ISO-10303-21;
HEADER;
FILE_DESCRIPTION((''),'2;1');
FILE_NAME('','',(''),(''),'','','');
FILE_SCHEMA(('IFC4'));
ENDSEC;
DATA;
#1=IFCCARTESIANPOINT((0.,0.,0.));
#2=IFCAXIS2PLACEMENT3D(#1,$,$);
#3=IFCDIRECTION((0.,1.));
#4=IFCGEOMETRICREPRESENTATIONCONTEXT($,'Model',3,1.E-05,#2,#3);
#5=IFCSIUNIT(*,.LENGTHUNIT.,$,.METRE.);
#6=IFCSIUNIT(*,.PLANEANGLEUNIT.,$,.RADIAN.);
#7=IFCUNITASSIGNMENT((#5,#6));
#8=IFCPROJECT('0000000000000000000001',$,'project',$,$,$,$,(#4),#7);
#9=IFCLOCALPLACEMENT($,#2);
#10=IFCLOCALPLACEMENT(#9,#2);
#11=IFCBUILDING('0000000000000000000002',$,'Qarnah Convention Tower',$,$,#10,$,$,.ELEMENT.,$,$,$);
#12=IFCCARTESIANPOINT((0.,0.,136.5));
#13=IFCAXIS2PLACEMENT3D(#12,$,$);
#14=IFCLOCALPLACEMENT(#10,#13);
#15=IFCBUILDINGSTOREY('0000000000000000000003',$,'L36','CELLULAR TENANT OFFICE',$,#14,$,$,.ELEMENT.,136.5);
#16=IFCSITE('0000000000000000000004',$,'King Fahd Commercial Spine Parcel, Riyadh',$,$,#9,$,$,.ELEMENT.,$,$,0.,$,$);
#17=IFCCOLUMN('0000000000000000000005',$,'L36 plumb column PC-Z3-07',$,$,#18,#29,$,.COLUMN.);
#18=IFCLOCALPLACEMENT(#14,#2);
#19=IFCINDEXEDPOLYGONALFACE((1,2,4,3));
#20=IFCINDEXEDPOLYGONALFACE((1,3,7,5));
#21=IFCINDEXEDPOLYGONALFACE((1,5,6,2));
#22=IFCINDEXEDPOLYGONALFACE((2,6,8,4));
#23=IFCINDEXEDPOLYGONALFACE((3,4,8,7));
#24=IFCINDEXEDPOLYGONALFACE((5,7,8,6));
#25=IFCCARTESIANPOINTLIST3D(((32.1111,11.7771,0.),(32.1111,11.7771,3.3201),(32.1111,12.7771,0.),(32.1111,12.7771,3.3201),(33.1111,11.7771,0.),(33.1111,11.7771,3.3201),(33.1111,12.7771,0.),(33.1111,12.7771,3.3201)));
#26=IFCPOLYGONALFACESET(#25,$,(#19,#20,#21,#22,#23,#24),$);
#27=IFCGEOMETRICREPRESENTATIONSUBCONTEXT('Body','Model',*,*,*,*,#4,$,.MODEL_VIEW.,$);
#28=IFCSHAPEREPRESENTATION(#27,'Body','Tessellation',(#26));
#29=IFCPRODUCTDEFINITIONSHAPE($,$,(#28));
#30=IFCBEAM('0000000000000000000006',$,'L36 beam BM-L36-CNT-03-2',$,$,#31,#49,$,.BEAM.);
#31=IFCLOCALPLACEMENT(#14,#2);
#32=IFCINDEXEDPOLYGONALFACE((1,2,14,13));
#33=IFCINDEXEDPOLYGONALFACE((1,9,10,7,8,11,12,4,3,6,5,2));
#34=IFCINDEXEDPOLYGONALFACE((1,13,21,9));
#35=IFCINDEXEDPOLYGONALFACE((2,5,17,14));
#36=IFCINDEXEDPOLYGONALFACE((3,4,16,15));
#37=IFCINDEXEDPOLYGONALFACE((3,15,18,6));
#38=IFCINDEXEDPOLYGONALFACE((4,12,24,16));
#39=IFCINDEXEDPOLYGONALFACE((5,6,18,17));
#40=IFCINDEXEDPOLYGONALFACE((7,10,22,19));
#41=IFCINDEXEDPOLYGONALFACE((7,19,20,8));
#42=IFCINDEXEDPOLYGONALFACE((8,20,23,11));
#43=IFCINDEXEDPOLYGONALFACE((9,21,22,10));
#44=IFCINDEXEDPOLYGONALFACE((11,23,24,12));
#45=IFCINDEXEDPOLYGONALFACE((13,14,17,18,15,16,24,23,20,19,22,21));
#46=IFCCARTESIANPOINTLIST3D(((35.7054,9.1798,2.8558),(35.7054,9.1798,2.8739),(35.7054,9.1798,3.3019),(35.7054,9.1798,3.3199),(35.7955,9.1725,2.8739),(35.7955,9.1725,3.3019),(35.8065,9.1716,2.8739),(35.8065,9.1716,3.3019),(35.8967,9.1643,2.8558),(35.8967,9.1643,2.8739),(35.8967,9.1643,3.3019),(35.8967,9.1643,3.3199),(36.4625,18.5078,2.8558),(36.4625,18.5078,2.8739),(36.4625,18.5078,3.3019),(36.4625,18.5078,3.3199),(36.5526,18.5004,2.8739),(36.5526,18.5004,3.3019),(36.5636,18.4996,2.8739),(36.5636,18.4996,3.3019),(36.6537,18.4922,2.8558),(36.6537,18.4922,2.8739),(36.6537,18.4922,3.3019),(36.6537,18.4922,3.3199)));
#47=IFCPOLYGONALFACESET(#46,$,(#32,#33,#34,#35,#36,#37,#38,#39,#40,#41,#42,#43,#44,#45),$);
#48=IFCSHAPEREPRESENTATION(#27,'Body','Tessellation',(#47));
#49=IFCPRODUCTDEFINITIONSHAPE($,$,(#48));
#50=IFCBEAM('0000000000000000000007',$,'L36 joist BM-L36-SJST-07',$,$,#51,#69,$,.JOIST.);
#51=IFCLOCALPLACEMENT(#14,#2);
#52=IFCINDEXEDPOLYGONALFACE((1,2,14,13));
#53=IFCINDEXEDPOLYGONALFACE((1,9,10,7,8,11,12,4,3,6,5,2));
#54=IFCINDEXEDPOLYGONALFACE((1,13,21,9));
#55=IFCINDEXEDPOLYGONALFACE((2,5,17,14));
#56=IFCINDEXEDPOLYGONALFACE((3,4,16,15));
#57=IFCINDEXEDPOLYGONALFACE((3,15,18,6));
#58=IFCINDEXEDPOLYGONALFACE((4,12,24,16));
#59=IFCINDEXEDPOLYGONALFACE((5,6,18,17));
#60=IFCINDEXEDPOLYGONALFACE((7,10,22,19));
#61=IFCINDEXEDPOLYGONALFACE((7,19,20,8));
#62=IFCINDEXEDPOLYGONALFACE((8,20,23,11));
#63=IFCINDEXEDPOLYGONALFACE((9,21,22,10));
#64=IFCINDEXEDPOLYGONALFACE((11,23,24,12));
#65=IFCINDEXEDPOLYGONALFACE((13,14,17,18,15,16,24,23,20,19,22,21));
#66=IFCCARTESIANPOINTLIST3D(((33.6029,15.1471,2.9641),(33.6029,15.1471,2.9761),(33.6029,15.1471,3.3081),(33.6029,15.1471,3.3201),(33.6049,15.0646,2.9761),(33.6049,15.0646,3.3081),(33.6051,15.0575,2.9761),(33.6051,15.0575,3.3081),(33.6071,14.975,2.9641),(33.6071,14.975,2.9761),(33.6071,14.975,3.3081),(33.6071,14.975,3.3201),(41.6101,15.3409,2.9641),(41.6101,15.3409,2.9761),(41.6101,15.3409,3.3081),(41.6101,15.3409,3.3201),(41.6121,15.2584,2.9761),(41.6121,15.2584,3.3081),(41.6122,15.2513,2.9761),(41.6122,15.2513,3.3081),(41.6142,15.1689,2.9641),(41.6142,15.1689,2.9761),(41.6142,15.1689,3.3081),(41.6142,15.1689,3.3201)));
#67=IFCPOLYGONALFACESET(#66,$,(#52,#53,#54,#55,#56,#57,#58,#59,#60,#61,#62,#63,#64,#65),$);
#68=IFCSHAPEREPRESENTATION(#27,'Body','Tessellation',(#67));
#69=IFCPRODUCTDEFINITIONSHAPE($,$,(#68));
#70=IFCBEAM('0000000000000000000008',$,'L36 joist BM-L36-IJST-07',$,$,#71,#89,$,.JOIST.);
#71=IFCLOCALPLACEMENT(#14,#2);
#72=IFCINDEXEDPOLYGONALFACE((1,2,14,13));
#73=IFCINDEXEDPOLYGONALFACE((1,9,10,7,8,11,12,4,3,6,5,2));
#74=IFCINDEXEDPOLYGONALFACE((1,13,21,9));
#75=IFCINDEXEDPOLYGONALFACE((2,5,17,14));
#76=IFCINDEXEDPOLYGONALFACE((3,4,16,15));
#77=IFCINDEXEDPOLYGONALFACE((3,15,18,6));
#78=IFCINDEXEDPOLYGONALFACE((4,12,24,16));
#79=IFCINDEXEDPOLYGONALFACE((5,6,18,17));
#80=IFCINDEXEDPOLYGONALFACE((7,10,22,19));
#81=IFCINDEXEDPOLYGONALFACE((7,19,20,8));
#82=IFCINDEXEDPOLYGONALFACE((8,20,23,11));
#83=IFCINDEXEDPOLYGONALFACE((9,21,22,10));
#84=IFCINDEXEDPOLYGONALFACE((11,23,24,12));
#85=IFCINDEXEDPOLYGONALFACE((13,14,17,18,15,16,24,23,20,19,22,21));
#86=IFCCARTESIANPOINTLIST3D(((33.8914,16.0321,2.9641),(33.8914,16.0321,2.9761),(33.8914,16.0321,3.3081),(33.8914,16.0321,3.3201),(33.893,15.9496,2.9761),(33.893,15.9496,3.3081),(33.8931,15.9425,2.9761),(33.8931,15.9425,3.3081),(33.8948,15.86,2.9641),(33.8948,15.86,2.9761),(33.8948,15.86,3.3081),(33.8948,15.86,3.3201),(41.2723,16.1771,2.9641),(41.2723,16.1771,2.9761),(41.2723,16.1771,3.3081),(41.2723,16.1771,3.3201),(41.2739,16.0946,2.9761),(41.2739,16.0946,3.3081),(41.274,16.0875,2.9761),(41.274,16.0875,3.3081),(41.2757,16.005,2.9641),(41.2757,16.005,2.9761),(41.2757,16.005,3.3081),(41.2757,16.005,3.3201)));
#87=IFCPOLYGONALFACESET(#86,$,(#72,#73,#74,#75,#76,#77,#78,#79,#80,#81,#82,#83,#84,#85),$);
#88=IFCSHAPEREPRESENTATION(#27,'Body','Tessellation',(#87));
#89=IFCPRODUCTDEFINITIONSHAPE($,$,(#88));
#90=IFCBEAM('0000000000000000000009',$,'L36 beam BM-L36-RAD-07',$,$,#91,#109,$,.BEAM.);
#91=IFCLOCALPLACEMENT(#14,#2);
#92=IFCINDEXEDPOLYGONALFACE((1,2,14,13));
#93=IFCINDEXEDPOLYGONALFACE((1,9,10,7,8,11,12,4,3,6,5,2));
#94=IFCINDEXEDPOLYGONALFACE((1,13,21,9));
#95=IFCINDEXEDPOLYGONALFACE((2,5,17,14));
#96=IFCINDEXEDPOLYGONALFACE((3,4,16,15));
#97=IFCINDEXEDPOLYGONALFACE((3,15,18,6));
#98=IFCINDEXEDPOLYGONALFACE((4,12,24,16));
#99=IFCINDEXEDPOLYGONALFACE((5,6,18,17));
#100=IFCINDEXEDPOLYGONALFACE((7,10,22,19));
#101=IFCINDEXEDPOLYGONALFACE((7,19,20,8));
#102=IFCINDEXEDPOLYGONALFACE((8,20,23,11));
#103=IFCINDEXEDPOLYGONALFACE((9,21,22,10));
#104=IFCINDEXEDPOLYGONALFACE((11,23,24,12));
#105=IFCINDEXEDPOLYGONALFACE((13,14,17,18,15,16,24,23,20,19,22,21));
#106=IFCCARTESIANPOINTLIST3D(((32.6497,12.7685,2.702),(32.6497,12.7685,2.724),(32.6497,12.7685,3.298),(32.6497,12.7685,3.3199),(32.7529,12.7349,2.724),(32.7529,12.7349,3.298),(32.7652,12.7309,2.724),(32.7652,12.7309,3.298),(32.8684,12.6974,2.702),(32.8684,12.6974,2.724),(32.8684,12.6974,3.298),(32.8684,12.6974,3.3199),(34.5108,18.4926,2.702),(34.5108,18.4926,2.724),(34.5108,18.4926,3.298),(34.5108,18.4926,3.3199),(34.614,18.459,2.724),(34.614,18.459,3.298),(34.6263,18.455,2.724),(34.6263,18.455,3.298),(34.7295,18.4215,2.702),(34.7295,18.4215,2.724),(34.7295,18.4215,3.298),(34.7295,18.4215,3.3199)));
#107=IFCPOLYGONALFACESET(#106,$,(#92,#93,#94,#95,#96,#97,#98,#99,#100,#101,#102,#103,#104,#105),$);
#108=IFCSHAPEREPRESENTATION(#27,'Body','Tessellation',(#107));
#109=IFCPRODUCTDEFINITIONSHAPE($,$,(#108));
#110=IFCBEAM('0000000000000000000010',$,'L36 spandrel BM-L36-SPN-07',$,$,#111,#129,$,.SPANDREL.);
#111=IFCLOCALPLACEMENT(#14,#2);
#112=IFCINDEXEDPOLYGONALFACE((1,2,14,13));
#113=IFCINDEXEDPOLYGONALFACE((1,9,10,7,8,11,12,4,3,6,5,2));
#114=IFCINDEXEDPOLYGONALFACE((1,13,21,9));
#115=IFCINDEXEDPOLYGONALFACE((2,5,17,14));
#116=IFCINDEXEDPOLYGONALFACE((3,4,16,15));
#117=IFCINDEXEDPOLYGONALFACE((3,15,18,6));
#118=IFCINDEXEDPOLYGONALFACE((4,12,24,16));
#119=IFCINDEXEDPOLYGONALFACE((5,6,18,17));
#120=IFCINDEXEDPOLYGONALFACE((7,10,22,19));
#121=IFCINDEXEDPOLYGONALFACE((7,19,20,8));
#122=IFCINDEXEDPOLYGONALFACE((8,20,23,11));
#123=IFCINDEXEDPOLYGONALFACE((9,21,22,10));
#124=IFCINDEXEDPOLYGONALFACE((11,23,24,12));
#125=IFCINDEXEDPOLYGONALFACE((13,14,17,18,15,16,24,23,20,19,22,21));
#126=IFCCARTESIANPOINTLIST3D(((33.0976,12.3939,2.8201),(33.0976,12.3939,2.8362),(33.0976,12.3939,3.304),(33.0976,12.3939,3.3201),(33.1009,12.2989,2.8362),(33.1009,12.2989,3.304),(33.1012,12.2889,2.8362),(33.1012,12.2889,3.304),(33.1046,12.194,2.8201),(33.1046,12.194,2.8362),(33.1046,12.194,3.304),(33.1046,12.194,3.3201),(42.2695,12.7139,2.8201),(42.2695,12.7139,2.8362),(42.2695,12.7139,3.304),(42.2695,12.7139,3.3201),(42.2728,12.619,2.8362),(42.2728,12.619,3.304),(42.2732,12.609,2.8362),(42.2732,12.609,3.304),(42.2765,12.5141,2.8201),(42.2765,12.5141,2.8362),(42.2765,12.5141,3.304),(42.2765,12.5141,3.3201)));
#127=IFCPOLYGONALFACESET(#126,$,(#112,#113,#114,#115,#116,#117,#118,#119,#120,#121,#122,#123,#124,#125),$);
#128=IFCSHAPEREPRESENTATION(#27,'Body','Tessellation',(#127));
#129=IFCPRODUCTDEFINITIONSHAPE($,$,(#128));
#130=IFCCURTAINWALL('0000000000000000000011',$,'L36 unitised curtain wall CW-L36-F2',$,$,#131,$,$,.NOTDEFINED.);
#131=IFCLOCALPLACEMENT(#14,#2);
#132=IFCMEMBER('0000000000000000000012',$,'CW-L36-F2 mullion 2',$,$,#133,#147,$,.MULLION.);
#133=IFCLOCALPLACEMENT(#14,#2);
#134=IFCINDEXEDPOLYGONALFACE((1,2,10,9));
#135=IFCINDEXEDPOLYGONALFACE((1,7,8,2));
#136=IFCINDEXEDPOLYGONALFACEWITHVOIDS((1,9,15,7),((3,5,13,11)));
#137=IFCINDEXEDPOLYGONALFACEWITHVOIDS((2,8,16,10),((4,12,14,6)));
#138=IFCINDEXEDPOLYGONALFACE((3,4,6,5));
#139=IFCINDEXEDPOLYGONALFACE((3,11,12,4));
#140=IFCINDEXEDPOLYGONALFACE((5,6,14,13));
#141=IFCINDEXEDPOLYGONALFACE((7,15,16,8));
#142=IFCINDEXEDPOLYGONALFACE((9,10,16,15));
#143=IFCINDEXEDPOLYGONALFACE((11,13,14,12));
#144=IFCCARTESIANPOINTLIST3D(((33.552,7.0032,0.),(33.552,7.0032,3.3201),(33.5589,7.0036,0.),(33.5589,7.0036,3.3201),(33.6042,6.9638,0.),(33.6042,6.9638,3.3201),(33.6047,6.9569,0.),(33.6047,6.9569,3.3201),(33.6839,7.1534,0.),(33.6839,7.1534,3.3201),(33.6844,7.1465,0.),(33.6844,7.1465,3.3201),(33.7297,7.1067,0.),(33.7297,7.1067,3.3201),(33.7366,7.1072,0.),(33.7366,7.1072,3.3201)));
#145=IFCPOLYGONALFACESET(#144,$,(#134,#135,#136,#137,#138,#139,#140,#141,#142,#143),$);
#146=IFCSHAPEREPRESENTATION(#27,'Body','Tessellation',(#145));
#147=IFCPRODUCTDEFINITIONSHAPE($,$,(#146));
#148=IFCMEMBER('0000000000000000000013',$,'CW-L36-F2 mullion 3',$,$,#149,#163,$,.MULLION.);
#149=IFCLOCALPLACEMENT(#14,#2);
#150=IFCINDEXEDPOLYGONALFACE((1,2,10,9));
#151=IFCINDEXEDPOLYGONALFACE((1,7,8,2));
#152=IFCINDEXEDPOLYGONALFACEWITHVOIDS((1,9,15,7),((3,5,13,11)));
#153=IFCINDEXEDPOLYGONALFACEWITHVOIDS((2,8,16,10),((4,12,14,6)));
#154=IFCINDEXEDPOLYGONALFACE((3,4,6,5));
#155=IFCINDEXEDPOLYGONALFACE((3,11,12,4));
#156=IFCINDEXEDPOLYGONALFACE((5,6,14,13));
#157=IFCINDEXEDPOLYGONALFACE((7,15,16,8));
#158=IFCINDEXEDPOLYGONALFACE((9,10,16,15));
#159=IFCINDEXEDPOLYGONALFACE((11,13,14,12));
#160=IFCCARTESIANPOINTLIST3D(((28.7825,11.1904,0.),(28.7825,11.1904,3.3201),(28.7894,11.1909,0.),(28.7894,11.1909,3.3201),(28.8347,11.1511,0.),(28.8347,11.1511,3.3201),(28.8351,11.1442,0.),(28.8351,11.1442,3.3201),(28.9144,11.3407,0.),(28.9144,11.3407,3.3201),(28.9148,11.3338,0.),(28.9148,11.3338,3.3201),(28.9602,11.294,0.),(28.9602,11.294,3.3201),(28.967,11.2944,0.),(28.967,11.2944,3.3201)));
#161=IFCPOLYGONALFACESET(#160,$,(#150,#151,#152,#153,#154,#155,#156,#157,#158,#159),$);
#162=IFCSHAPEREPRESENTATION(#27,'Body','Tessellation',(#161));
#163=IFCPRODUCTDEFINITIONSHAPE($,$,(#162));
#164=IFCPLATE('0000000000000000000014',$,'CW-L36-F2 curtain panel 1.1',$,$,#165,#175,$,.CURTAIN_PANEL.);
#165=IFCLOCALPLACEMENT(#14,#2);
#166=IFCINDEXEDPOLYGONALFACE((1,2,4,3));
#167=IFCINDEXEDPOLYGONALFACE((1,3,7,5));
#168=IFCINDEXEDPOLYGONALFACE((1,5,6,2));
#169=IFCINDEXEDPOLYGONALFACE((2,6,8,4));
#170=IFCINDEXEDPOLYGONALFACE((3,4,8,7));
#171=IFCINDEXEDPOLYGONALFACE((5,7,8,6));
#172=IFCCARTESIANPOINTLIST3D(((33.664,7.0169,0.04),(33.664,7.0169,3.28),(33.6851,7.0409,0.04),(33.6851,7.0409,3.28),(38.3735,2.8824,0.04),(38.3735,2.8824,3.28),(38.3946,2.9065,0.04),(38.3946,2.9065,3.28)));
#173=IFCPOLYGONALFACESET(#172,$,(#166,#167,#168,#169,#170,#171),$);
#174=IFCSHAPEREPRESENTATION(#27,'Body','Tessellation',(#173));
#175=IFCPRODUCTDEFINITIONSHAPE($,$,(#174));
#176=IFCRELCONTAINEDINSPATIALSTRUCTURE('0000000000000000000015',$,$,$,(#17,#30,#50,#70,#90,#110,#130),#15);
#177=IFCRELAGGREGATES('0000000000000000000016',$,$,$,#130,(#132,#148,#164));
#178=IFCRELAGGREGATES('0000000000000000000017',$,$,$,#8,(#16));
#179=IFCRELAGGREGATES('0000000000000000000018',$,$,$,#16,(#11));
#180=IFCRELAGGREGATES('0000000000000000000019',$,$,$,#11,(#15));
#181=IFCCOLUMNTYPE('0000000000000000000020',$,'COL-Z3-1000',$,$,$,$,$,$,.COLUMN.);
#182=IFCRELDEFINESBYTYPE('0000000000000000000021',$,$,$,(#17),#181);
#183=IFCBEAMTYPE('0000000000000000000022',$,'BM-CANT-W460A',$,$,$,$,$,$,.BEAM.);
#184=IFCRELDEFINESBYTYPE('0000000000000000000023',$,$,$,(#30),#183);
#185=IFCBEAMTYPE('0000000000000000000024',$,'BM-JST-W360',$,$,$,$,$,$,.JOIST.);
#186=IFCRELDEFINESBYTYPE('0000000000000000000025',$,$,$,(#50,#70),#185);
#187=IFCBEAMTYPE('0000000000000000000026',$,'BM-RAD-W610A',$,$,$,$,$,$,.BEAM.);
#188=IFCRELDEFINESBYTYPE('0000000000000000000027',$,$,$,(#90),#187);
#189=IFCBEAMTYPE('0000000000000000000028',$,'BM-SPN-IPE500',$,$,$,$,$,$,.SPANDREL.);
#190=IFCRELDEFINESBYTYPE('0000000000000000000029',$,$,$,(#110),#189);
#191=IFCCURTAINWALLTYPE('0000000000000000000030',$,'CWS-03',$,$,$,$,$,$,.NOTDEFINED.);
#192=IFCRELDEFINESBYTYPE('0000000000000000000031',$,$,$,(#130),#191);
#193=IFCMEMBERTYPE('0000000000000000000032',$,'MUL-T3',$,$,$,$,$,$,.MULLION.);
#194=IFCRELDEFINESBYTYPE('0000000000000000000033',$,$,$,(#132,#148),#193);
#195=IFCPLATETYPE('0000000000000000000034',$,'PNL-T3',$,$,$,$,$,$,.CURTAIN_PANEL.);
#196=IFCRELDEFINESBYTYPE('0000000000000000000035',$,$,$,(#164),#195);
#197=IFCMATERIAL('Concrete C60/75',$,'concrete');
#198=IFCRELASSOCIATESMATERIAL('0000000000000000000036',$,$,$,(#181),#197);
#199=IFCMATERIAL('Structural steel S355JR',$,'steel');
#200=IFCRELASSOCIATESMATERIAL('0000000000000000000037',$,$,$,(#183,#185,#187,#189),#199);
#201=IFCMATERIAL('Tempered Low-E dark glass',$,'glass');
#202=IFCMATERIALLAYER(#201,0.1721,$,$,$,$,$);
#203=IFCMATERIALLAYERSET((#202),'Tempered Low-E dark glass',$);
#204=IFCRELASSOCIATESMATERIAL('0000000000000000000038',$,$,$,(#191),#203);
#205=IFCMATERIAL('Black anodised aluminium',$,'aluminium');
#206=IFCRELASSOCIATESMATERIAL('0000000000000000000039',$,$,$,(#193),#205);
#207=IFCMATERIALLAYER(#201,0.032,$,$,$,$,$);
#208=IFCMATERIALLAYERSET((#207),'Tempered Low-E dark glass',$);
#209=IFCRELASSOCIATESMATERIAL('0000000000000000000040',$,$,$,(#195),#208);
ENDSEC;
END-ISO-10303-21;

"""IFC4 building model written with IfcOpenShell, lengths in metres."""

from ifc_helpers import new_model, si_unit, direction, frame, origin, origin_2d, place, context, subcontext, project, spatial, rectangle, hollow_rectangle, i_section, extrude, material, layer, layer_set, material_profile, profile_set, type_object, element, aggregate, save


model = new_model("IFC4")

# Units and contexts
model_context = context("Model", 3, precision=1e-05, world=origin(), true_north=direction((0.0, 1.0)))
body_context = subcontext(model_context, "Body", "Model", "MODEL_VIEW")
ifc_project = project(units=[si_unit("LENGTHUNIT", "METRE"), si_unit("PLANEANGLEUNIT", "RADIAN")], contexts=[model_context])

# Site, building, storey
site_placement = place(None, origin())
site = spatial("IfcSite", under=ifc_project, at=site_placement, Name="King Fahd Commercial Spine Parcel, Riyadh", CompositionType="ELEMENT", RefElevation=0.0)
building_placement = place(site_placement, origin())
building = spatial("IfcBuilding", under=site, at=building_placement, Name="Qarnah Convention Tower", CompositionType="ELEMENT")
storey_placement = place(building_placement, frame((0.0, 0.0, 136.5)))
storey = spatial("IfcBuildingStorey", under=building, at=storey_placement, Name="L36", Description="CELLULAR TENANT OFFICE", CompositionType="ELEMENT", Elevation=136.5)

# Column
ifc_material_1 = material(Name="Concrete C60/75", Category="concrete")
ifc_material_profile_1 = material_profile(ifc_material_1, rectangle(XDim=1.0, YDim=1.0, at=origin_2d()), Name="RC-COL-1000X1000")
ifc_profile_set_1 = profile_set([ifc_material_profile_1], Name="Concrete C60/75")
column_type = type_object("IfcColumnType", Name="COL-Z3-1000", PredefinedType="COLUMN", material=ifc_profile_set_1)
column_placement = place(storey_placement, frame((32.6111, 12.2771, 0.0), z_axis=(0.0, 0.0, 1.0), x_axis=(1.0, 0.0, 0.0)))
element("IfcColumn", 1, at=column_placement, inside=storey, type_object=column_type, Name="L36 plumb column PC-Z3-07", PredefinedType="COLUMN", context=body_context, shape_type="SweptSolid", body=[
    extrude(rectangle(XDim=1.0, YDim=1.0, at=origin_2d()), origin(), (0.0, 0.0, 1.0), 3.3201),
])

# Beams
ifc_material_2 = material(Name="Structural steel S355JR", Category="steel")
ifc_material_profile_2 = material_profile(ifc_material_2, i_section(OverallWidth=0.1919, OverallDepth=0.4641, WebThickness=0.011, FlangeThickness=0.0181, at=origin_2d()), Name="W460X89")
ifc_profile_set_2 = profile_set([ifc_material_profile_2], Name="Structural steel S355JR")
beam_type_1 = type_object("IfcBeamType", Name="BM-CANT-W460A", PredefinedType="BEAM", material=ifc_profile_set_2)
beam_1_placement = place(storey_placement, frame((36.5581, 18.5, 3.0879), z_axis=(-0.080897, -0.996722, 0.0), x_axis=(0.996722, -0.080897, 0.0)))
element("IfcBeam", 2, at=beam_1_placement, inside=storey, type_object=beam_type_1, Name="L36 beam BM-L36-CNT-03-2", PredefinedType="BEAM", context=body_context, shape_type="SweptSolid", body=[
    extrude(i_section(OverallWidth=0.1919, OverallDepth=0.4641, WebThickness=0.011, FlangeThickness=0.0181, at=origin_2d()), origin(), (0.0, 0.0, 1.0), 9.3586),
])
ifc_material_profile_3 = material_profile(ifc_material_2, i_section(OverallWidth=0.1721, OverallDepth=0.356, WebThickness=0.0071, FlangeThickness=0.012, at=origin_2d()), Name="W360X51")
ifc_profile_set_3 = profile_set([ifc_material_profile_3], Name="Structural steel S355JR")
beam_type_2 = type_object("IfcBeamType", Name="BM-JST-W360", PredefinedType="JOIST", material=ifc_profile_set_3)
beam_2_placement = place(storey_placement, frame((33.605, 15.061, 3.1421), z_axis=(0.999707, 0.024202, 0.0), x_axis=(-0.024202, 0.999707, 0.0)))
element("IfcBeam", 3, at=beam_2_placement, inside=storey, type_object=beam_type_2, Name="L36 joist BM-L36-SJST-07", PredefinedType="JOIST", context=body_context, shape_type="SweptSolid", body=[
    extrude(i_section(OverallWidth=0.1721, OverallDepth=0.356, WebThickness=0.0071, FlangeThickness=0.012, at=origin_2d()), origin(), (0.0, 0.0, 1.0), 8.0095),
])
beam_3_placement = place(storey_placement, frame((33.8931, 15.946, 3.1421), z_axis=(0.999807, 0.019644, 0.0), x_axis=(-0.019644, 0.999807, 0.0)))
element("IfcBeam", 4, at=beam_3_placement, inside=storey, type_object=beam_type_2, Name="L36 joist BM-L36-IJST-07", PredefinedType="JOIST", context=body_context, shape_type="SweptSolid", body=[
    extrude(i_section(OverallWidth=0.1721, OverallDepth=0.356, WebThickness=0.0071, FlangeThickness=0.012, at=origin_2d()), origin(), (0.0, 0.0, 1.0), 7.3823),
])
ifc_material_profile_4 = material_profile(ifc_material_2, i_section(OverallWidth=0.23, OverallDepth=0.6179, WebThickness=0.0129, FlangeThickness=0.022, at=origin_2d()), Name="W610X140")
ifc_profile_set_4 = profile_set([ifc_material_profile_4], Name="Structural steel S355JR")
beam_type_3 = type_object("IfcBeamType", Name="BM-RAD-W610A", PredefinedType="BEAM", material=ifc_profile_set_4)
beam_4_placement = place(storey_placement, frame((34.6201, 18.457, 3.011), z_axis=(-0.309198, -0.950998, 0.0), x_axis=(0.950998, -0.309198, 0.0)))
element("IfcBeam", 5, at=beam_4_placement, inside=storey, type_object=beam_type_3, Name="L36 beam BM-L36-RAD-07", PredefinedType="BEAM", context=body_context, shape_type="SweptSolid", body=[
    extrude(i_section(OverallWidth=0.23, OverallDepth=0.6179, WebThickness=0.0129, FlangeThickness=0.022, at=origin_2d()), origin(), (0.0, 0.0, 1.0), 6.019),
])
ifc_material_profile_5 = material_profile(ifc_material_2, i_section(OverallWidth=0.2, OverallDepth=0.5, WebThickness=0.01, FlangeThickness=0.0161, at=origin_2d()), Name="IPE500")
ifc_profile_set_5 = profile_set([ifc_material_profile_5], Name="Structural steel S355JR")
beam_type_4 = type_object("IfcBeamType", Name="BM-SPN-IPE500", PredefinedType="SPANDREL", material=ifc_profile_set_5)
beam_5_placement = place(storey_placement, frame((33.1011, 12.2939, 3.0701), z_axis=(0.999392, 0.034875, 0.0), x_axis=(-0.034875, 0.999392, 0.0)))
element("IfcBeam", 6, at=beam_5_placement, inside=storey, type_object=beam_type_4, Name="L36 spandrel BM-L36-SPN-07", PredefinedType="SPANDREL", context=body_context, shape_type="SweptSolid", body=[
    extrude(i_section(OverallWidth=0.2, OverallDepth=0.5, WebThickness=0.01, FlangeThickness=0.0161, at=origin_2d()), origin(), (0.0, 0.0, 1.0), 9.1775),
])

# Curtain wall, members, plate
ifc_material_3 = material(Name="Tempered Low-E dark glass", Category="glass")
ifc_layer_1 = layer(ifc_material_3, 0.1721)
ifc_layer_set_1 = layer_set([ifc_layer_1], Name="Tempered Low-E dark glass")
curtain_wall_type = type_object("IfcCurtainWallType", Name="CWS-03", PredefinedType="NOTDEFINED", material=ifc_layer_set_1)
curtain_wall_placement = place(storey_placement, origin())
curtain_wall = element("IfcCurtainWall", 7, at=curtain_wall_placement, inside=storey, type_object=curtain_wall_type, Name="L36 unitised curtain wall CW-L36-F2", PredefinedType="NOTDEFINED")
ifc_material_4 = material(Name="Black anodised aluminium", Category="aluminium")
ifc_material_profile_6 = material_profile(ifc_material_4, hollow_rectangle(XDim=0.0701, YDim=0.2, WallThickness=0.0049, at=origin_2d()), Name="MUL-70X200")
ifc_profile_set_6 = profile_set([ifc_material_profile_6], Name="Black anodised aluminium")
member_type = type_object("IfcMemberType", Name="MUL-T3", PredefinedType="MULLION", material=ifc_profile_set_6)
member_1_placement = place(storey_placement, frame((33.6443, 7.0552, 0.0), z_axis=(0.0, 0.0, 1.0), x_axis=(-0.751498, 0.659735, 0.0)))
member_1 = element("IfcMember", 8, at=member_1_placement, type_object=member_type, Name="CW-L36-F2 mullion 2", PredefinedType="MULLION", context=body_context, shape_type="SweptSolid", body=[
    extrude(hollow_rectangle(XDim=0.0701, YDim=0.2, WallThickness=0.0049, at=origin_2d()), origin(), (0.0, 0.0, 1.0), 3.3201),
])
member_2_placement = place(storey_placement, frame((28.8748, 11.2424, 0.0), z_axis=(0.0, 0.0, 1.0), x_axis=(-0.751498, 0.659735, 0.0)))
member_2 = element("IfcMember", 9, at=member_2_placement, type_object=member_type, Name="CW-L36-F2 mullion 3", PredefinedType="MULLION", context=body_context, shape_type="SweptSolid", body=[
    extrude(hollow_rectangle(XDim=0.0701, YDim=0.2, WallThickness=0.0049, at=origin_2d()), origin(), (0.0, 0.0, 1.0), 3.3201),
])
ifc_layer_2 = layer(ifc_material_3, 0.032)
ifc_layer_set_2 = layer_set([ifc_layer_2], Name="Tempered Low-E dark glass")
plate_type = type_object("IfcPlateType", Name="PNL-T3", PredefinedType="CURTAIN_PANEL", material=ifc_layer_set_2)
plate_1_placement = place(storey_placement, frame((36.0293, 4.9617, 0.04), z_axis=(0.0, 0.0, 1.0), x_axis=(-0.751498, 0.659735, 0.0)))
plate_1 = element("IfcPlate", 10, at=plate_1_placement, type_object=plate_type, Name="CW-L36-F2 curtain panel 1.1", PredefinedType="CURTAIN_PANEL", context=body_context, shape_type="SweptSolid", body=[
    extrude(rectangle(XDim=6.2668, YDim=0.032, at=origin_2d()), origin(), (0.0, 0.0, 1.0), 3.24),
])
aggregate(curtain_wall, [member_1, member_2, plate_1])

save(model, "model.ifc")
